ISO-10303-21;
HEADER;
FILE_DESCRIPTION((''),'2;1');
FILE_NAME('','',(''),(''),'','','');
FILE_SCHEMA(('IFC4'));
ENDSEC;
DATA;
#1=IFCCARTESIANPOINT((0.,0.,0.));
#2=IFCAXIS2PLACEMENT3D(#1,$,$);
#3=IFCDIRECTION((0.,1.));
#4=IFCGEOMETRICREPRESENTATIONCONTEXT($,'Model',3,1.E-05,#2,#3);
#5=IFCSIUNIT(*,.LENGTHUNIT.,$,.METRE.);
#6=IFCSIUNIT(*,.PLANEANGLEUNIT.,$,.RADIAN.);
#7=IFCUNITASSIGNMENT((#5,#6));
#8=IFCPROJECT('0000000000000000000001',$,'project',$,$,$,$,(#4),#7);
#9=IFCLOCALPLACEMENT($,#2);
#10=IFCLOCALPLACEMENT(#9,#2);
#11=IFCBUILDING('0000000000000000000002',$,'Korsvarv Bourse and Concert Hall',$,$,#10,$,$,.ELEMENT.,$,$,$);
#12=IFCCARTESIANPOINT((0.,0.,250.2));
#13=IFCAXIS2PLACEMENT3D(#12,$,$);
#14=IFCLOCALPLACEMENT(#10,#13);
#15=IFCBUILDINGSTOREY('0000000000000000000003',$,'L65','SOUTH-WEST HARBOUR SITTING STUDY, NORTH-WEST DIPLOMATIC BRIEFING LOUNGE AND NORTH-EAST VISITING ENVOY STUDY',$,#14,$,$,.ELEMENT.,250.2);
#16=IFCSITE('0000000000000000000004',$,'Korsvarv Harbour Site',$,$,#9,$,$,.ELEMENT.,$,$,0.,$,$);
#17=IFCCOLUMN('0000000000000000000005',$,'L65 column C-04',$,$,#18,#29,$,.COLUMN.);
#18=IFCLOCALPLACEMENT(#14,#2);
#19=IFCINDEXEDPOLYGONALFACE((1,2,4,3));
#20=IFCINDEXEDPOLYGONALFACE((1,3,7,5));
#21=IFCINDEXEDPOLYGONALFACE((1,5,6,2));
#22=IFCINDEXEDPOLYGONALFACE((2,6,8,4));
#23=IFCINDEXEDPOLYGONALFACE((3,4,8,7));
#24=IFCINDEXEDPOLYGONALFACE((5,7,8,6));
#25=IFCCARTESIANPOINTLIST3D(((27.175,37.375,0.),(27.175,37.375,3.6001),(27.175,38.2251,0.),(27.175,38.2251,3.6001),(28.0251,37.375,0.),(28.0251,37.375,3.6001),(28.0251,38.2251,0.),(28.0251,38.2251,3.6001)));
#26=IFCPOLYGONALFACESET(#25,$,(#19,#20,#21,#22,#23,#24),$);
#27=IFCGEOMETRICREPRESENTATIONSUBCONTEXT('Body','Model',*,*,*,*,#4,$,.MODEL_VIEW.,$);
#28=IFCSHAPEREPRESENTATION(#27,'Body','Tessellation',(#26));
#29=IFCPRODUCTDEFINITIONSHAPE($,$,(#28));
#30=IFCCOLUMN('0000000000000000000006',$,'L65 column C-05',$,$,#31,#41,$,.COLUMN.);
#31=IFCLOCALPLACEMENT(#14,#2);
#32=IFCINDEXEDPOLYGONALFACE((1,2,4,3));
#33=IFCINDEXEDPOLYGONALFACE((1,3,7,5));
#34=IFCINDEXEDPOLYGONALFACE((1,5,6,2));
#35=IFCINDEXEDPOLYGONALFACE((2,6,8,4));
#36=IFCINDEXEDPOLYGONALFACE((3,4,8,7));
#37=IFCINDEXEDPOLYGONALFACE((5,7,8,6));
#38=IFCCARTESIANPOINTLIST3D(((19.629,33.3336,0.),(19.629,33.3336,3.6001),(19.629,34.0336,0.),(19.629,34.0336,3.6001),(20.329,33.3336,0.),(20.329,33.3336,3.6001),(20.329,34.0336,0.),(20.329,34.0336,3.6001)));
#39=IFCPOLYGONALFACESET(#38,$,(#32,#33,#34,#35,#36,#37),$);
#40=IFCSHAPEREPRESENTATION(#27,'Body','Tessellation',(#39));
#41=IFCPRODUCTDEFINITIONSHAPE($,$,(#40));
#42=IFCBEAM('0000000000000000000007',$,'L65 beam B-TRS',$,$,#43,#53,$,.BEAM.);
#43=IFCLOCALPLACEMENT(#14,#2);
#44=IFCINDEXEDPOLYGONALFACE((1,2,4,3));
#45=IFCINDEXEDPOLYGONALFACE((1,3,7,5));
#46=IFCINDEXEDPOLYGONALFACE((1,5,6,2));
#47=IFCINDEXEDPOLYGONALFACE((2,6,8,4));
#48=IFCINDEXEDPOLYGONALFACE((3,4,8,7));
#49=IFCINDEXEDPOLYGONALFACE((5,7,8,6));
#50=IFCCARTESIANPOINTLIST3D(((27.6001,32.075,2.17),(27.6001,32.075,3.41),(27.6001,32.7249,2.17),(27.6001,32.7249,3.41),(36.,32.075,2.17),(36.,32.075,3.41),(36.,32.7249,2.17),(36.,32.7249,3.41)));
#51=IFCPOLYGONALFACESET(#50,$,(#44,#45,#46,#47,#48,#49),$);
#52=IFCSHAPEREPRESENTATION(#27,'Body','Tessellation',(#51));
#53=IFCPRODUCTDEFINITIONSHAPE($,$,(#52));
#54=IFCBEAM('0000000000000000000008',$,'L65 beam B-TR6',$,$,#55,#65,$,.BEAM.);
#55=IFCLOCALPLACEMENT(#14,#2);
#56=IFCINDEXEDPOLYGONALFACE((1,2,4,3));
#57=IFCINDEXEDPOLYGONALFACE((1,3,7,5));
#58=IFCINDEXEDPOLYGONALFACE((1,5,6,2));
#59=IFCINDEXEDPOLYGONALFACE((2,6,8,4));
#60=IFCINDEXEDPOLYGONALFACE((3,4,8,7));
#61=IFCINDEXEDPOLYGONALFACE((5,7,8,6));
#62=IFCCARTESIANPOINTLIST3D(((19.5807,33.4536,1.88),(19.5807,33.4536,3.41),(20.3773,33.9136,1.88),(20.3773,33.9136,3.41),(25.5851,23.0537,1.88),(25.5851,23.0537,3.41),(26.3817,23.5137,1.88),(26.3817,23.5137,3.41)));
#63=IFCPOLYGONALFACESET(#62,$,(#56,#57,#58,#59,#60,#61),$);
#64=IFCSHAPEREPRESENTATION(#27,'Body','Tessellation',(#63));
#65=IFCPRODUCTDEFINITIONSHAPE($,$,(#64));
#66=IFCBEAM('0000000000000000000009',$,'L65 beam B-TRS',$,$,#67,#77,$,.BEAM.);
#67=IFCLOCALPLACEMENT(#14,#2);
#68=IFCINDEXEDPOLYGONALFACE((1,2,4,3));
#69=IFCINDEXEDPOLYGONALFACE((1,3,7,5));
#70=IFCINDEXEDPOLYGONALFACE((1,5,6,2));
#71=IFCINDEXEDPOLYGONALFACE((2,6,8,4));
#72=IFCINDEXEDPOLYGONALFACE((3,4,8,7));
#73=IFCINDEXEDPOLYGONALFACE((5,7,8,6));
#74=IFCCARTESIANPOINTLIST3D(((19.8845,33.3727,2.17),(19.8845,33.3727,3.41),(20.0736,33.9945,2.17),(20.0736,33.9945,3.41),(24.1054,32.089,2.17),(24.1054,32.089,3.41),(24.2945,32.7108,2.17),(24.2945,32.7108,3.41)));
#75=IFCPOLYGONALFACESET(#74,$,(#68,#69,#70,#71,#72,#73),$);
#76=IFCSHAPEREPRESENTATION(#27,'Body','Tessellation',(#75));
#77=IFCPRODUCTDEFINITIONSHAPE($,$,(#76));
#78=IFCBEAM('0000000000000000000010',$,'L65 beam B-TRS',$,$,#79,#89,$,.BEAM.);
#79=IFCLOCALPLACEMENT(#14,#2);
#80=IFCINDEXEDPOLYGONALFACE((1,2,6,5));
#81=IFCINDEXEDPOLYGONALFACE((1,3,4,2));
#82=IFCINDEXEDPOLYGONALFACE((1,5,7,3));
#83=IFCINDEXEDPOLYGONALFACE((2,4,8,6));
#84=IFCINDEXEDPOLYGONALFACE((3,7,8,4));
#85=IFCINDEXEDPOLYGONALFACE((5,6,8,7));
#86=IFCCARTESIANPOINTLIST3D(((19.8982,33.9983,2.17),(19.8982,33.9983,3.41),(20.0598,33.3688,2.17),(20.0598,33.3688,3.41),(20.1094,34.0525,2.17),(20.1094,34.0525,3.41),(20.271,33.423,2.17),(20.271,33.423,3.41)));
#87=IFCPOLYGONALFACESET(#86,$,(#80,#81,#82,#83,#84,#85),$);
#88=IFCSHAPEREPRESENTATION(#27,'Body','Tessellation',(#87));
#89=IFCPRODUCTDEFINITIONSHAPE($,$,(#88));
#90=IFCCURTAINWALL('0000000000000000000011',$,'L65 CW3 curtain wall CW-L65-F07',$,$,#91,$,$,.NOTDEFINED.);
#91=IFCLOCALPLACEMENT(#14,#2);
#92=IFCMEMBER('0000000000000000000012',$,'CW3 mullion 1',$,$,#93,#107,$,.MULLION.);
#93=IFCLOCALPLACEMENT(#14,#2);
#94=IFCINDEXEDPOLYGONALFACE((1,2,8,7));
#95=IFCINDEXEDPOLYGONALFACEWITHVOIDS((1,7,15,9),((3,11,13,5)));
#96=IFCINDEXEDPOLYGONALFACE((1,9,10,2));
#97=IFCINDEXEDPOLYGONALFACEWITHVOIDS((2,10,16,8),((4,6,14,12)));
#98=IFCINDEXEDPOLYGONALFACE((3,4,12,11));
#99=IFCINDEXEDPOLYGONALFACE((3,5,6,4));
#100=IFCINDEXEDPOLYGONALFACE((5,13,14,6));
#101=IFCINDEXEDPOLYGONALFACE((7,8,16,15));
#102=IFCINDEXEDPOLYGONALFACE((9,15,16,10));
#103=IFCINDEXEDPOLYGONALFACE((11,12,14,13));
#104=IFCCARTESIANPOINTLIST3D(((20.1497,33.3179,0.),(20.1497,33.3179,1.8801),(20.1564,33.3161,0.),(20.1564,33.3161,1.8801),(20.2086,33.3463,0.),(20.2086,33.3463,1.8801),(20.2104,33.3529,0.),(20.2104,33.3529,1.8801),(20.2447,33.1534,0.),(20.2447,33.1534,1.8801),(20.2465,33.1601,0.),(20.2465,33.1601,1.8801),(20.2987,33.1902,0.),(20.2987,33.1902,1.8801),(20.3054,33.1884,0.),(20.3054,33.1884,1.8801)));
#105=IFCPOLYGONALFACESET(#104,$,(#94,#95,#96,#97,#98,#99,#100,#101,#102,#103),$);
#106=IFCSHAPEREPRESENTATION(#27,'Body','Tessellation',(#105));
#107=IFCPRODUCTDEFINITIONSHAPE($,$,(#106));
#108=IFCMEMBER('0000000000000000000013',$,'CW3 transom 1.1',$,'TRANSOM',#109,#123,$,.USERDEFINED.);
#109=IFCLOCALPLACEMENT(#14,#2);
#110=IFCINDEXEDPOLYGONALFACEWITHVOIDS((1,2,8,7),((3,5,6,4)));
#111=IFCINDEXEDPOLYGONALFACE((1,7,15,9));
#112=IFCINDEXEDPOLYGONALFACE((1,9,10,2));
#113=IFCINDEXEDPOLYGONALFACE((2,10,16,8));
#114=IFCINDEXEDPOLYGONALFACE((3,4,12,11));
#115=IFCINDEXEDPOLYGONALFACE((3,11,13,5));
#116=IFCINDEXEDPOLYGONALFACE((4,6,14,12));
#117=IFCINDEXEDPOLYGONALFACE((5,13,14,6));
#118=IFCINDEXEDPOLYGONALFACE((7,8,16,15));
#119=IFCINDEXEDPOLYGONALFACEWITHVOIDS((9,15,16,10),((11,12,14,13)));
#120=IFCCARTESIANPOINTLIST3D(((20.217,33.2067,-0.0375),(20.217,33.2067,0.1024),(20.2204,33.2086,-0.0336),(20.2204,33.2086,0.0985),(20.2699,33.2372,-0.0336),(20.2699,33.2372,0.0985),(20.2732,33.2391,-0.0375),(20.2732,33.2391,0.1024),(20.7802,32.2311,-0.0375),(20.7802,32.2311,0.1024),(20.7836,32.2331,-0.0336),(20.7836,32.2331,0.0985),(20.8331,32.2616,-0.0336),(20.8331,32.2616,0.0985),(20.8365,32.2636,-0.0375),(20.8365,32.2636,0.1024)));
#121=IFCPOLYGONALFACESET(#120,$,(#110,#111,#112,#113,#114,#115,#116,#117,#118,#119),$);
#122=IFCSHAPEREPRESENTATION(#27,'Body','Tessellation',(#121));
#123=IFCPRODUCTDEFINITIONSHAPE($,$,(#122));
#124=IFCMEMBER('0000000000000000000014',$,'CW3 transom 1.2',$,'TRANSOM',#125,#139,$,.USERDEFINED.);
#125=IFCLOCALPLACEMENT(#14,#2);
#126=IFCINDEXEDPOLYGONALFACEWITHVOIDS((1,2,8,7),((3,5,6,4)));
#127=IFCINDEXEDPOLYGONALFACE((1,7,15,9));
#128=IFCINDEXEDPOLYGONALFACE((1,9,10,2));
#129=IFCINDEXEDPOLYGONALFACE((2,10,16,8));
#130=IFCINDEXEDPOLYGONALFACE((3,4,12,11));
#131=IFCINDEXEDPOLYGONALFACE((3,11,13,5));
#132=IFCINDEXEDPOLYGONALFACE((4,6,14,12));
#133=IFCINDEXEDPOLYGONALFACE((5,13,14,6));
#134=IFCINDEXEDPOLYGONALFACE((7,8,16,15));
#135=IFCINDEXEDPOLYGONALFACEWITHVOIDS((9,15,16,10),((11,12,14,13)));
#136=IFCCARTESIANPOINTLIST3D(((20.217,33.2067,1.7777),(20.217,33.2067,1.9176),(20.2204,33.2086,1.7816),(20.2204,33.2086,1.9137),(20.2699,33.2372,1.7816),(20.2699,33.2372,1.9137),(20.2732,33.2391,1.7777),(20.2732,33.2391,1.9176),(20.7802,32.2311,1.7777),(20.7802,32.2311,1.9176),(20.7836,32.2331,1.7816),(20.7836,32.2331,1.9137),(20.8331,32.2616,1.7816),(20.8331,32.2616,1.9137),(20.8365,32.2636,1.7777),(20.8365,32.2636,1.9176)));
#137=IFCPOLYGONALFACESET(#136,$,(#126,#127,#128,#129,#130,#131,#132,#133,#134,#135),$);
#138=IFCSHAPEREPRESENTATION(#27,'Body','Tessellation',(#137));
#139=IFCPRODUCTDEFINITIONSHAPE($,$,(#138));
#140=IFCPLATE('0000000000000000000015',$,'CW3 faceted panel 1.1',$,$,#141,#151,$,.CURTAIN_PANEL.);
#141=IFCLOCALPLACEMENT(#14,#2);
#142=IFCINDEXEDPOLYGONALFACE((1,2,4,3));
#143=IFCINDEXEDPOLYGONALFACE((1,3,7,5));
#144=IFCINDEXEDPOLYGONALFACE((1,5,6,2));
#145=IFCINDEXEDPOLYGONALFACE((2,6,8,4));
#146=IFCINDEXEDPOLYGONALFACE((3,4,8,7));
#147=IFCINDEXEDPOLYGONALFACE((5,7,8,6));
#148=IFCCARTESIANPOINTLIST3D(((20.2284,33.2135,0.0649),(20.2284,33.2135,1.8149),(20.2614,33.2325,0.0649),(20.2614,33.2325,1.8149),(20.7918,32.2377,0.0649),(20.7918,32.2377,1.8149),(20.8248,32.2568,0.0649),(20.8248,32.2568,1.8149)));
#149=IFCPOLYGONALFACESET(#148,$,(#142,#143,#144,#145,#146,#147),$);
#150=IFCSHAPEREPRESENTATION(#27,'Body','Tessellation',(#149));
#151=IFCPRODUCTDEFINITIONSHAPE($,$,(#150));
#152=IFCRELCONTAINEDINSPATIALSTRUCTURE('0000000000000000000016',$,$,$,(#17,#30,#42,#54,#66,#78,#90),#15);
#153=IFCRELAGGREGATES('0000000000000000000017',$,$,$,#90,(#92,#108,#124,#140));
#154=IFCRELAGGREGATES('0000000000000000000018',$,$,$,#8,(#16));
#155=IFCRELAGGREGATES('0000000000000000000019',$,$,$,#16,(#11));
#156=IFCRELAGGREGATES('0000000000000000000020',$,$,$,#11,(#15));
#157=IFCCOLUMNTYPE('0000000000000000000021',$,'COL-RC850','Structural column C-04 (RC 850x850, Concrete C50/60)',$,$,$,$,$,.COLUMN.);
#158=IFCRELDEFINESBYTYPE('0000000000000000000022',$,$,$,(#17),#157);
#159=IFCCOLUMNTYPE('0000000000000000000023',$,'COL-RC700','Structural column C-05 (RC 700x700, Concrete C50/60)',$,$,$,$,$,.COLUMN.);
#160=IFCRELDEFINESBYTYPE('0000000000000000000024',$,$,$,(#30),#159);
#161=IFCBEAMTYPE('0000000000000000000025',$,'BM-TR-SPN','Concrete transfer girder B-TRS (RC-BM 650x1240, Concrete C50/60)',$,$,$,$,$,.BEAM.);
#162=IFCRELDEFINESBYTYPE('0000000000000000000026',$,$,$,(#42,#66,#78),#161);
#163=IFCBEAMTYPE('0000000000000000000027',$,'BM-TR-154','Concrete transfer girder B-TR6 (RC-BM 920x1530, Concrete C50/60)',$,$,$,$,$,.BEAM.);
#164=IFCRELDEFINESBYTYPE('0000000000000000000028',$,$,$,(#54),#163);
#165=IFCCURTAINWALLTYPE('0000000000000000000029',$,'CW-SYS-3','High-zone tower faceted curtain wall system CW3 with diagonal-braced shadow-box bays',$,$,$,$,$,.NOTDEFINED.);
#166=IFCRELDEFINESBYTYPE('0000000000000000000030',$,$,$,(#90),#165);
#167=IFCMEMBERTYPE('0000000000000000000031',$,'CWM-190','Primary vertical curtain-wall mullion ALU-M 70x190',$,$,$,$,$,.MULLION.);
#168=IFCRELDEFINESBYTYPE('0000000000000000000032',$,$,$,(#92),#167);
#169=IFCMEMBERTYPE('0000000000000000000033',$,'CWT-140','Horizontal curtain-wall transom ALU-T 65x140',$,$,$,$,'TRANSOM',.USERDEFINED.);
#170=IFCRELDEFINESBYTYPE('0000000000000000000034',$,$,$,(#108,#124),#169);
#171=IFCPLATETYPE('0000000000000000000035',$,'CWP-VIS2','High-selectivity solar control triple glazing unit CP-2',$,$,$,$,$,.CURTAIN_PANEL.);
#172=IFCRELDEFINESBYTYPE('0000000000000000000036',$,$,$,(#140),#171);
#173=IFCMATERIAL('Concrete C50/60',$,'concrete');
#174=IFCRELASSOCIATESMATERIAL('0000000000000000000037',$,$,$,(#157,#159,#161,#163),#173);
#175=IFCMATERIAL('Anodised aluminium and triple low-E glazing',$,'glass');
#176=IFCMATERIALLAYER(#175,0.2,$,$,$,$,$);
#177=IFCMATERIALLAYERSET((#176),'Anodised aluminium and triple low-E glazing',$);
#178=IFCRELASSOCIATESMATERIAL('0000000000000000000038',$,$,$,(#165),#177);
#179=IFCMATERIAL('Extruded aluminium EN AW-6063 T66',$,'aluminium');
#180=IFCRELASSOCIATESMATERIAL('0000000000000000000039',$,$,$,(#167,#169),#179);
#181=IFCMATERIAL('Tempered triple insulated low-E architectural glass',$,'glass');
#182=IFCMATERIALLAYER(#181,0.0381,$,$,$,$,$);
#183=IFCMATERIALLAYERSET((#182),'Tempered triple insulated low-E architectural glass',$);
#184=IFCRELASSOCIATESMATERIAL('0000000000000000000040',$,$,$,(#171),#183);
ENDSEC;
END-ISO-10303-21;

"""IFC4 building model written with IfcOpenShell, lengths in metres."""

from ifc_helpers import new_model, si_unit, direction, frame, origin, origin_2d, place, context, subcontext, project, spatial, rectangle, hollow_rectangle, extrude, source, transform, mapped, material, layer, layer_set, material_profile, profile_set, type_object, element, aggregate, save


model = new_model("IFC4")

# Units and contexts
model_context = context("Model", 3, precision=1e-05, world=origin(), true_north=direction((0.0, 1.0)))
body_context = subcontext(model_context, "Body", "Model", "MODEL_VIEW")
ifc_project = project(units=[si_unit("LENGTHUNIT", "METRE"), si_unit("PLANEANGLEUNIT", "RADIAN")], contexts=[model_context])

# Site, building, storey
site_placement = place(None, origin())
site = spatial("IfcSite", under=ifc_project, at=site_placement, Name="Korsvarv Harbour Site", CompositionType="ELEMENT", RefElevation=0.0)
building_placement = place(site_placement, origin())
building = spatial("IfcBuilding", under=site, at=building_placement, Name="Korsvarv Bourse and Concert Hall", CompositionType="ELEMENT")
storey_placement = place(building_placement, frame((0.0, 0.0, 250.2)))
storey = spatial("IfcBuildingStorey", under=building, at=storey_placement, Name="L65", Description="SOUTH-WEST HARBOUR SITTING STUDY, NORTH-WEST DIPLOMATIC BRIEFING LOUNGE AND NORTH-EAST VISITING ENVOY STUDY", CompositionType="ELEMENT", Elevation=250.2)

# Columns
ifc_material_1 = material(Name="Concrete C50/60", Category="concrete")
ifc_material_profile_1 = material_profile(ifc_material_1, rectangle(XDim=0.8501, YDim=0.8501, at=origin_2d()), Name="RC 850x850")
ifc_profile_set_1 = profile_set([ifc_material_profile_1], Name="Concrete C50/60")
column_type_1 = type_object("IfcColumnType", Name="COL-RC850", Description="Structural column C-04 (RC 850x850, Concrete C50/60)", PredefinedType="COLUMN", material=ifc_profile_set_1)
shared_shape_1 = source(origin(), body_context, "Body", "SweptSolid", [
    extrude(rectangle(XDim=0.8501, YDim=0.8501, at=origin_2d()), origin(), (0.0, 0.0, 1.0), 3.6001),
])
column_1_placement = place(storey_placement, frame((27.6001, 37.8, 0.0), z_axis=(0.0, 0.0, 1.0), x_axis=(1.0, 0.0, 0.0)))
element("IfcColumn", 1, at=column_1_placement, inside=storey, type_object=column_type_1, Name="L65 column C-04", PredefinedType="COLUMN", context=body_context, shape_type="MappedRepresentation", body=[
    mapped(shared_shape_1, transform((0.0, 0.0, 0.0), scale=1.0)),
])
ifc_material_profile_2 = material_profile(ifc_material_1, rectangle(XDim=0.7, YDim=0.7, at=origin_2d()), Name="RC 700x700")
ifc_profile_set_2 = profile_set([ifc_material_profile_2], Name="Concrete C50/60")
column_type_2 = type_object("IfcColumnType", Name="COL-RC700", Description="Structural column C-05 (RC 700x700, Concrete C50/60)", PredefinedType="COLUMN", material=ifc_profile_set_2)
shared_shape_2 = source(origin(), body_context, "Body", "SweptSolid", [
    extrude(rectangle(XDim=0.7, YDim=0.7, at=origin_2d()), origin(), (0.0, 0.0, 1.0), 3.6001),
])
column_2_placement = place(storey_placement, frame((19.979, 33.6836, 0.0), z_axis=(0.0, 0.0, 1.0), x_axis=(1.0, 0.0, 0.0)))
element("IfcColumn", 2, at=column_2_placement, inside=storey, type_object=column_type_2, Name="L65 column C-05", PredefinedType="COLUMN", context=body_context, shape_type="MappedRepresentation", body=[
    mapped(shared_shape_2, transform((0.0, 0.0, 0.0), scale=1.0)),
])

# Beams
ifc_material_profile_3 = material_profile(ifc_material_1, rectangle(XDim=0.6499, YDim=1.24, at=origin_2d()), Name="RC-BM 650x1240")
ifc_profile_set_3 = profile_set([ifc_material_profile_3], Name="Concrete C50/60")
beam_type_1 = type_object("IfcBeamType", Name="BM-TR-SPN", Description="Concrete transfer girder B-TRS (RC-BM 650x1240, Concrete C50/60)", PredefinedType="BEAM", material=ifc_profile_set_3)
shared_shape_3 = source(origin(), body_context, "Body", "SweptSolid", [
    extrude(rectangle(XDim=0.6499, YDim=1.24, at=origin_2d()), origin(), (0.0, 0.0, 1.0), 8.3999),
])
beam_1_placement = place(storey_placement, frame((27.6001, 32.3999, 2.79), z_axis=(1.0, 0.0, 0.0), x_axis=(0.0, 1.0, 0.0)))
element("IfcBeam", 3, at=beam_1_placement, inside=storey, type_object=beam_type_1, Name="L65 beam B-TRS", PredefinedType="BEAM", context=body_context, shape_type="MappedRepresentation", body=[
    mapped(shared_shape_3, transform((0.0, 0.0, 0.0), scale=1.0)),
])
ifc_material_profile_4 = material_profile(ifc_material_1, rectangle(XDim=0.9199, YDim=1.53, at=origin_2d()), Name="RC-BM 920x1530")
ifc_profile_set_4 = profile_set([ifc_material_profile_4], Name="Concrete C50/60")
beam_type_2 = type_object("IfcBeamType", Name="BM-TR-154", Description="Concrete transfer girder B-TR6 (RC-BM 920x1530, Concrete C50/60)", PredefinedType="BEAM", material=ifc_profile_set_4)
shared_shape_4 = source(origin(), body_context, "Body", "SweptSolid", [
    extrude(rectangle(XDim=0.9199, YDim=1.53, at=origin_2d()), origin(), (0.0, 0.0, 1.0), 12.0088),
])
beam_2_placement = place(storey_placement, frame((19.979, 33.6836, 2.645), z_axis=(0.500001, -0.866025, 0.0), x_axis=(0.866025, 0.500001, 0.0)))
element("IfcBeam", 4, at=beam_2_placement, inside=storey, type_object=beam_type_2, Name="L65 beam B-TR6", PredefinedType="BEAM", context=body_context, shape_type="MappedRepresentation", body=[
    mapped(shared_shape_4, transform((0.0, 0.0, 0.0), scale=1.0)),
])
shared_shape_5 = source(origin(), body_context, "Body", "SweptSolid", [
    extrude(rectangle(XDim=0.6499, YDim=1.24, at=origin_2d()), origin(), (0.0, 0.0, 1.0), 4.4119),
])
beam_3_placement = place(storey_placement, frame((19.979, 33.6836, 2.79), z_axis=(0.956734, -0.290966, 0.0), x_axis=(0.290966, 0.956734, 0.0)))
element("IfcBeam", 5, at=beam_3_placement, inside=storey, type_object=beam_type_1, Name="L65 beam B-TRS", PredefinedType="BEAM", context=body_context, shape_type="MappedRepresentation", body=[
    mapped(shared_shape_5, transform((0.0, 0.0, 0.0), scale=1.0)),
])
shared_shape_6 = source(origin(), body_context, "Body", "SweptSolid", [
    extrude(rectangle(XDim=0.6499, YDim=1.24, at=origin_2d()), origin(), (0.0, 0.0, 1.0), 0.218),
])
beam_4_placement = place(storey_placement, frame((19.979, 33.6836, 2.79), z_axis=(0.968609, 0.248591, 0.0), x_axis=(-0.248591, 0.968609, 0.0)))
element("IfcBeam", 6, at=beam_4_placement, inside=storey, type_object=beam_type_1, Name="L65 beam B-TRS", PredefinedType="BEAM", context=body_context, shape_type="MappedRepresentation", body=[
    mapped(shared_shape_6, transform((0.0, 0.0, 0.0), scale=1.0)),
])

# Curtain wall, members, plate
ifc_material_2 = material(Name="Anodised aluminium and triple low-E glazing", Category="glass")
ifc_layer_1 = layer(ifc_material_2, 0.2)
ifc_layer_set_1 = layer_set([ifc_layer_1], Name="Anodised aluminium and triple low-E glazing")
curtain_wall_type = type_object("IfcCurtainWallType", Name="CW-SYS-3", Description="High-zone tower faceted curtain wall system CW3 with diagonal-braced shadow-box bays", PredefinedType="NOTDEFINED", material=ifc_layer_set_1)
curtain_wall_placement = place(storey_placement, origin())
curtain_wall = element("IfcCurtainWall", 7, at=curtain_wall_placement, inside=storey, type_object=curtain_wall_type, Name="L65 CW3 curtain wall CW-L65-F07", PredefinedType="NOTDEFINED")
ifc_material_3 = material(Name="Extruded aluminium EN AW-6063 T66", Category="aluminium")
ifc_material_profile_5 = material_profile(ifc_material_3, hollow_rectangle(XDim=0.0701, YDim=0.1899, WallThickness=0.0049, at=origin_2d()), Name="ALU-M 70x190")
ifc_profile_set_5 = profile_set([ifc_material_profile_5], Name="Extruded aluminium EN AW-6063 T66")
member_type_1 = type_object("IfcMemberType", Name="CWM-190", Description="Primary vertical curtain-wall mullion ALU-M 70x190", PredefinedType="MULLION", material=ifc_profile_set_5)
shared_shape_7 = source(origin(), body_context, "Body", "SweptSolid", [
    extrude(hollow_rectangle(XDim=0.0701, YDim=0.1899, WallThickness=0.0049, at=origin_2d()), origin(), (0.0, 0.0, 1.0), 1.8801),
])
member_1_placement = place(storey_placement, frame((20.2275, 33.2532, 0.0), z_axis=(0.0, 0.0, 1.0), x_axis=(0.866022, 0.500006, 0.0)))
member_1 = element("IfcMember", 8, at=member_1_placement, type_object=member_type_1, Name="CW3 mullion 1", PredefinedType="MULLION", context=body_context, shape_type="MappedRepresentation", body=[
    mapped(shared_shape_7, transform((0.0, 0.0, 0.0), scale=1.0)),
])
ifc_material_profile_6 = material_profile(ifc_material_3, hollow_rectangle(XDim=0.0649, YDim=0.1399, WallThickness=0.0039, at=origin_2d()), Name="ALU-T 65x140")
ifc_profile_set_6 = profile_set([ifc_material_profile_6], Name="Extruded aluminium EN AW-6063 T66")
member_type_2 = type_object("IfcMemberType", Name="CWT-140", Description="Horizontal curtain-wall transom ALU-T 65x140", ElementType="TRANSOM", PredefinedType="USERDEFINED", material=ifc_profile_set_6)
shared_shape_8 = source(origin(), body_context, "Body", "SweptSolid", [
    extrude(hollow_rectangle(XDim=0.0649, YDim=0.1399, WallThickness=0.0039, at=origin_2d()), origin(), (0.0, 0.0, 1.0), 1.1265),
])
member_2_placement = place(storey_placement, frame((20.2451, 33.2229, 0.0325), z_axis=(0.499985, -0.866034, 0.0), x_axis=(0.866034, 0.499985, 0.0)))
member_2 = element("IfcMember", 9, at=member_2_placement, type_object=member_type_2, Name="CW3 transom 1.1", ObjectType="TRANSOM", PredefinedType="USERDEFINED", context=body_context, shape_type="MappedRepresentation", body=[
    mapped(shared_shape_8, transform((0.0, 0.0, 0.0), scale=1.0)),
])
member_3_placement = place(storey_placement, frame((20.2451, 33.2229, 1.8477), z_axis=(0.499985, -0.866034, 0.0), x_axis=(0.866034, 0.499985, 0.0)))
member_3 = element("IfcMember", 10, at=member_3_placement, type_object=member_type_2, Name="CW3 transom 1.2", ObjectType="TRANSOM", PredefinedType="USERDEFINED", context=body_context, shape_type="MappedRepresentation", body=[
    mapped(shared_shape_8, transform((0.0, 0.0, 0.0), scale=1.0)),
])
ifc_material_4 = material(Name="Tempered triple insulated low-E architectural glass", Category="glass")
ifc_layer_2 = layer(ifc_material_4, 0.0381)
ifc_layer_set_2 = layer_set([ifc_layer_2], Name="Tempered triple insulated low-E architectural glass")
plate_type = type_object("IfcPlateType", Name="CWP-VIS2", Description="High-selectivity solar control triple glazing unit CP-2", PredefinedType="CURTAIN_PANEL", material=ifc_layer_set_2)
shared_shape_9 = source(origin(), body_context, "Body", "SweptSolid", [
    extrude(rectangle(XDim=1.1267, YDim=0.0381, at=origin_2d()), origin(), (0.0, 0.0, 1.0), 1.75),
])
plate_placement = place(storey_placement, frame((20.5266, 32.7351, 0.0649), z_axis=(0.0, 0.0, 1.0), x_axis=(0.500006, -0.866022, 0.0)))
plate = element("IfcPlate", 11, at=plate_placement, type_object=plate_type, Name="CW3 faceted panel 1.1", PredefinedType="CURTAIN_PANEL", context=body_context, shape_type="MappedRepresentation", body=[
    mapped(shared_shape_9, transform((0.0, 0.0, 0.0), scale=1.0)),
])
aggregate(curtain_wall, [member_1, member_2, member_3, plate])

save(model, "model.ifc")
